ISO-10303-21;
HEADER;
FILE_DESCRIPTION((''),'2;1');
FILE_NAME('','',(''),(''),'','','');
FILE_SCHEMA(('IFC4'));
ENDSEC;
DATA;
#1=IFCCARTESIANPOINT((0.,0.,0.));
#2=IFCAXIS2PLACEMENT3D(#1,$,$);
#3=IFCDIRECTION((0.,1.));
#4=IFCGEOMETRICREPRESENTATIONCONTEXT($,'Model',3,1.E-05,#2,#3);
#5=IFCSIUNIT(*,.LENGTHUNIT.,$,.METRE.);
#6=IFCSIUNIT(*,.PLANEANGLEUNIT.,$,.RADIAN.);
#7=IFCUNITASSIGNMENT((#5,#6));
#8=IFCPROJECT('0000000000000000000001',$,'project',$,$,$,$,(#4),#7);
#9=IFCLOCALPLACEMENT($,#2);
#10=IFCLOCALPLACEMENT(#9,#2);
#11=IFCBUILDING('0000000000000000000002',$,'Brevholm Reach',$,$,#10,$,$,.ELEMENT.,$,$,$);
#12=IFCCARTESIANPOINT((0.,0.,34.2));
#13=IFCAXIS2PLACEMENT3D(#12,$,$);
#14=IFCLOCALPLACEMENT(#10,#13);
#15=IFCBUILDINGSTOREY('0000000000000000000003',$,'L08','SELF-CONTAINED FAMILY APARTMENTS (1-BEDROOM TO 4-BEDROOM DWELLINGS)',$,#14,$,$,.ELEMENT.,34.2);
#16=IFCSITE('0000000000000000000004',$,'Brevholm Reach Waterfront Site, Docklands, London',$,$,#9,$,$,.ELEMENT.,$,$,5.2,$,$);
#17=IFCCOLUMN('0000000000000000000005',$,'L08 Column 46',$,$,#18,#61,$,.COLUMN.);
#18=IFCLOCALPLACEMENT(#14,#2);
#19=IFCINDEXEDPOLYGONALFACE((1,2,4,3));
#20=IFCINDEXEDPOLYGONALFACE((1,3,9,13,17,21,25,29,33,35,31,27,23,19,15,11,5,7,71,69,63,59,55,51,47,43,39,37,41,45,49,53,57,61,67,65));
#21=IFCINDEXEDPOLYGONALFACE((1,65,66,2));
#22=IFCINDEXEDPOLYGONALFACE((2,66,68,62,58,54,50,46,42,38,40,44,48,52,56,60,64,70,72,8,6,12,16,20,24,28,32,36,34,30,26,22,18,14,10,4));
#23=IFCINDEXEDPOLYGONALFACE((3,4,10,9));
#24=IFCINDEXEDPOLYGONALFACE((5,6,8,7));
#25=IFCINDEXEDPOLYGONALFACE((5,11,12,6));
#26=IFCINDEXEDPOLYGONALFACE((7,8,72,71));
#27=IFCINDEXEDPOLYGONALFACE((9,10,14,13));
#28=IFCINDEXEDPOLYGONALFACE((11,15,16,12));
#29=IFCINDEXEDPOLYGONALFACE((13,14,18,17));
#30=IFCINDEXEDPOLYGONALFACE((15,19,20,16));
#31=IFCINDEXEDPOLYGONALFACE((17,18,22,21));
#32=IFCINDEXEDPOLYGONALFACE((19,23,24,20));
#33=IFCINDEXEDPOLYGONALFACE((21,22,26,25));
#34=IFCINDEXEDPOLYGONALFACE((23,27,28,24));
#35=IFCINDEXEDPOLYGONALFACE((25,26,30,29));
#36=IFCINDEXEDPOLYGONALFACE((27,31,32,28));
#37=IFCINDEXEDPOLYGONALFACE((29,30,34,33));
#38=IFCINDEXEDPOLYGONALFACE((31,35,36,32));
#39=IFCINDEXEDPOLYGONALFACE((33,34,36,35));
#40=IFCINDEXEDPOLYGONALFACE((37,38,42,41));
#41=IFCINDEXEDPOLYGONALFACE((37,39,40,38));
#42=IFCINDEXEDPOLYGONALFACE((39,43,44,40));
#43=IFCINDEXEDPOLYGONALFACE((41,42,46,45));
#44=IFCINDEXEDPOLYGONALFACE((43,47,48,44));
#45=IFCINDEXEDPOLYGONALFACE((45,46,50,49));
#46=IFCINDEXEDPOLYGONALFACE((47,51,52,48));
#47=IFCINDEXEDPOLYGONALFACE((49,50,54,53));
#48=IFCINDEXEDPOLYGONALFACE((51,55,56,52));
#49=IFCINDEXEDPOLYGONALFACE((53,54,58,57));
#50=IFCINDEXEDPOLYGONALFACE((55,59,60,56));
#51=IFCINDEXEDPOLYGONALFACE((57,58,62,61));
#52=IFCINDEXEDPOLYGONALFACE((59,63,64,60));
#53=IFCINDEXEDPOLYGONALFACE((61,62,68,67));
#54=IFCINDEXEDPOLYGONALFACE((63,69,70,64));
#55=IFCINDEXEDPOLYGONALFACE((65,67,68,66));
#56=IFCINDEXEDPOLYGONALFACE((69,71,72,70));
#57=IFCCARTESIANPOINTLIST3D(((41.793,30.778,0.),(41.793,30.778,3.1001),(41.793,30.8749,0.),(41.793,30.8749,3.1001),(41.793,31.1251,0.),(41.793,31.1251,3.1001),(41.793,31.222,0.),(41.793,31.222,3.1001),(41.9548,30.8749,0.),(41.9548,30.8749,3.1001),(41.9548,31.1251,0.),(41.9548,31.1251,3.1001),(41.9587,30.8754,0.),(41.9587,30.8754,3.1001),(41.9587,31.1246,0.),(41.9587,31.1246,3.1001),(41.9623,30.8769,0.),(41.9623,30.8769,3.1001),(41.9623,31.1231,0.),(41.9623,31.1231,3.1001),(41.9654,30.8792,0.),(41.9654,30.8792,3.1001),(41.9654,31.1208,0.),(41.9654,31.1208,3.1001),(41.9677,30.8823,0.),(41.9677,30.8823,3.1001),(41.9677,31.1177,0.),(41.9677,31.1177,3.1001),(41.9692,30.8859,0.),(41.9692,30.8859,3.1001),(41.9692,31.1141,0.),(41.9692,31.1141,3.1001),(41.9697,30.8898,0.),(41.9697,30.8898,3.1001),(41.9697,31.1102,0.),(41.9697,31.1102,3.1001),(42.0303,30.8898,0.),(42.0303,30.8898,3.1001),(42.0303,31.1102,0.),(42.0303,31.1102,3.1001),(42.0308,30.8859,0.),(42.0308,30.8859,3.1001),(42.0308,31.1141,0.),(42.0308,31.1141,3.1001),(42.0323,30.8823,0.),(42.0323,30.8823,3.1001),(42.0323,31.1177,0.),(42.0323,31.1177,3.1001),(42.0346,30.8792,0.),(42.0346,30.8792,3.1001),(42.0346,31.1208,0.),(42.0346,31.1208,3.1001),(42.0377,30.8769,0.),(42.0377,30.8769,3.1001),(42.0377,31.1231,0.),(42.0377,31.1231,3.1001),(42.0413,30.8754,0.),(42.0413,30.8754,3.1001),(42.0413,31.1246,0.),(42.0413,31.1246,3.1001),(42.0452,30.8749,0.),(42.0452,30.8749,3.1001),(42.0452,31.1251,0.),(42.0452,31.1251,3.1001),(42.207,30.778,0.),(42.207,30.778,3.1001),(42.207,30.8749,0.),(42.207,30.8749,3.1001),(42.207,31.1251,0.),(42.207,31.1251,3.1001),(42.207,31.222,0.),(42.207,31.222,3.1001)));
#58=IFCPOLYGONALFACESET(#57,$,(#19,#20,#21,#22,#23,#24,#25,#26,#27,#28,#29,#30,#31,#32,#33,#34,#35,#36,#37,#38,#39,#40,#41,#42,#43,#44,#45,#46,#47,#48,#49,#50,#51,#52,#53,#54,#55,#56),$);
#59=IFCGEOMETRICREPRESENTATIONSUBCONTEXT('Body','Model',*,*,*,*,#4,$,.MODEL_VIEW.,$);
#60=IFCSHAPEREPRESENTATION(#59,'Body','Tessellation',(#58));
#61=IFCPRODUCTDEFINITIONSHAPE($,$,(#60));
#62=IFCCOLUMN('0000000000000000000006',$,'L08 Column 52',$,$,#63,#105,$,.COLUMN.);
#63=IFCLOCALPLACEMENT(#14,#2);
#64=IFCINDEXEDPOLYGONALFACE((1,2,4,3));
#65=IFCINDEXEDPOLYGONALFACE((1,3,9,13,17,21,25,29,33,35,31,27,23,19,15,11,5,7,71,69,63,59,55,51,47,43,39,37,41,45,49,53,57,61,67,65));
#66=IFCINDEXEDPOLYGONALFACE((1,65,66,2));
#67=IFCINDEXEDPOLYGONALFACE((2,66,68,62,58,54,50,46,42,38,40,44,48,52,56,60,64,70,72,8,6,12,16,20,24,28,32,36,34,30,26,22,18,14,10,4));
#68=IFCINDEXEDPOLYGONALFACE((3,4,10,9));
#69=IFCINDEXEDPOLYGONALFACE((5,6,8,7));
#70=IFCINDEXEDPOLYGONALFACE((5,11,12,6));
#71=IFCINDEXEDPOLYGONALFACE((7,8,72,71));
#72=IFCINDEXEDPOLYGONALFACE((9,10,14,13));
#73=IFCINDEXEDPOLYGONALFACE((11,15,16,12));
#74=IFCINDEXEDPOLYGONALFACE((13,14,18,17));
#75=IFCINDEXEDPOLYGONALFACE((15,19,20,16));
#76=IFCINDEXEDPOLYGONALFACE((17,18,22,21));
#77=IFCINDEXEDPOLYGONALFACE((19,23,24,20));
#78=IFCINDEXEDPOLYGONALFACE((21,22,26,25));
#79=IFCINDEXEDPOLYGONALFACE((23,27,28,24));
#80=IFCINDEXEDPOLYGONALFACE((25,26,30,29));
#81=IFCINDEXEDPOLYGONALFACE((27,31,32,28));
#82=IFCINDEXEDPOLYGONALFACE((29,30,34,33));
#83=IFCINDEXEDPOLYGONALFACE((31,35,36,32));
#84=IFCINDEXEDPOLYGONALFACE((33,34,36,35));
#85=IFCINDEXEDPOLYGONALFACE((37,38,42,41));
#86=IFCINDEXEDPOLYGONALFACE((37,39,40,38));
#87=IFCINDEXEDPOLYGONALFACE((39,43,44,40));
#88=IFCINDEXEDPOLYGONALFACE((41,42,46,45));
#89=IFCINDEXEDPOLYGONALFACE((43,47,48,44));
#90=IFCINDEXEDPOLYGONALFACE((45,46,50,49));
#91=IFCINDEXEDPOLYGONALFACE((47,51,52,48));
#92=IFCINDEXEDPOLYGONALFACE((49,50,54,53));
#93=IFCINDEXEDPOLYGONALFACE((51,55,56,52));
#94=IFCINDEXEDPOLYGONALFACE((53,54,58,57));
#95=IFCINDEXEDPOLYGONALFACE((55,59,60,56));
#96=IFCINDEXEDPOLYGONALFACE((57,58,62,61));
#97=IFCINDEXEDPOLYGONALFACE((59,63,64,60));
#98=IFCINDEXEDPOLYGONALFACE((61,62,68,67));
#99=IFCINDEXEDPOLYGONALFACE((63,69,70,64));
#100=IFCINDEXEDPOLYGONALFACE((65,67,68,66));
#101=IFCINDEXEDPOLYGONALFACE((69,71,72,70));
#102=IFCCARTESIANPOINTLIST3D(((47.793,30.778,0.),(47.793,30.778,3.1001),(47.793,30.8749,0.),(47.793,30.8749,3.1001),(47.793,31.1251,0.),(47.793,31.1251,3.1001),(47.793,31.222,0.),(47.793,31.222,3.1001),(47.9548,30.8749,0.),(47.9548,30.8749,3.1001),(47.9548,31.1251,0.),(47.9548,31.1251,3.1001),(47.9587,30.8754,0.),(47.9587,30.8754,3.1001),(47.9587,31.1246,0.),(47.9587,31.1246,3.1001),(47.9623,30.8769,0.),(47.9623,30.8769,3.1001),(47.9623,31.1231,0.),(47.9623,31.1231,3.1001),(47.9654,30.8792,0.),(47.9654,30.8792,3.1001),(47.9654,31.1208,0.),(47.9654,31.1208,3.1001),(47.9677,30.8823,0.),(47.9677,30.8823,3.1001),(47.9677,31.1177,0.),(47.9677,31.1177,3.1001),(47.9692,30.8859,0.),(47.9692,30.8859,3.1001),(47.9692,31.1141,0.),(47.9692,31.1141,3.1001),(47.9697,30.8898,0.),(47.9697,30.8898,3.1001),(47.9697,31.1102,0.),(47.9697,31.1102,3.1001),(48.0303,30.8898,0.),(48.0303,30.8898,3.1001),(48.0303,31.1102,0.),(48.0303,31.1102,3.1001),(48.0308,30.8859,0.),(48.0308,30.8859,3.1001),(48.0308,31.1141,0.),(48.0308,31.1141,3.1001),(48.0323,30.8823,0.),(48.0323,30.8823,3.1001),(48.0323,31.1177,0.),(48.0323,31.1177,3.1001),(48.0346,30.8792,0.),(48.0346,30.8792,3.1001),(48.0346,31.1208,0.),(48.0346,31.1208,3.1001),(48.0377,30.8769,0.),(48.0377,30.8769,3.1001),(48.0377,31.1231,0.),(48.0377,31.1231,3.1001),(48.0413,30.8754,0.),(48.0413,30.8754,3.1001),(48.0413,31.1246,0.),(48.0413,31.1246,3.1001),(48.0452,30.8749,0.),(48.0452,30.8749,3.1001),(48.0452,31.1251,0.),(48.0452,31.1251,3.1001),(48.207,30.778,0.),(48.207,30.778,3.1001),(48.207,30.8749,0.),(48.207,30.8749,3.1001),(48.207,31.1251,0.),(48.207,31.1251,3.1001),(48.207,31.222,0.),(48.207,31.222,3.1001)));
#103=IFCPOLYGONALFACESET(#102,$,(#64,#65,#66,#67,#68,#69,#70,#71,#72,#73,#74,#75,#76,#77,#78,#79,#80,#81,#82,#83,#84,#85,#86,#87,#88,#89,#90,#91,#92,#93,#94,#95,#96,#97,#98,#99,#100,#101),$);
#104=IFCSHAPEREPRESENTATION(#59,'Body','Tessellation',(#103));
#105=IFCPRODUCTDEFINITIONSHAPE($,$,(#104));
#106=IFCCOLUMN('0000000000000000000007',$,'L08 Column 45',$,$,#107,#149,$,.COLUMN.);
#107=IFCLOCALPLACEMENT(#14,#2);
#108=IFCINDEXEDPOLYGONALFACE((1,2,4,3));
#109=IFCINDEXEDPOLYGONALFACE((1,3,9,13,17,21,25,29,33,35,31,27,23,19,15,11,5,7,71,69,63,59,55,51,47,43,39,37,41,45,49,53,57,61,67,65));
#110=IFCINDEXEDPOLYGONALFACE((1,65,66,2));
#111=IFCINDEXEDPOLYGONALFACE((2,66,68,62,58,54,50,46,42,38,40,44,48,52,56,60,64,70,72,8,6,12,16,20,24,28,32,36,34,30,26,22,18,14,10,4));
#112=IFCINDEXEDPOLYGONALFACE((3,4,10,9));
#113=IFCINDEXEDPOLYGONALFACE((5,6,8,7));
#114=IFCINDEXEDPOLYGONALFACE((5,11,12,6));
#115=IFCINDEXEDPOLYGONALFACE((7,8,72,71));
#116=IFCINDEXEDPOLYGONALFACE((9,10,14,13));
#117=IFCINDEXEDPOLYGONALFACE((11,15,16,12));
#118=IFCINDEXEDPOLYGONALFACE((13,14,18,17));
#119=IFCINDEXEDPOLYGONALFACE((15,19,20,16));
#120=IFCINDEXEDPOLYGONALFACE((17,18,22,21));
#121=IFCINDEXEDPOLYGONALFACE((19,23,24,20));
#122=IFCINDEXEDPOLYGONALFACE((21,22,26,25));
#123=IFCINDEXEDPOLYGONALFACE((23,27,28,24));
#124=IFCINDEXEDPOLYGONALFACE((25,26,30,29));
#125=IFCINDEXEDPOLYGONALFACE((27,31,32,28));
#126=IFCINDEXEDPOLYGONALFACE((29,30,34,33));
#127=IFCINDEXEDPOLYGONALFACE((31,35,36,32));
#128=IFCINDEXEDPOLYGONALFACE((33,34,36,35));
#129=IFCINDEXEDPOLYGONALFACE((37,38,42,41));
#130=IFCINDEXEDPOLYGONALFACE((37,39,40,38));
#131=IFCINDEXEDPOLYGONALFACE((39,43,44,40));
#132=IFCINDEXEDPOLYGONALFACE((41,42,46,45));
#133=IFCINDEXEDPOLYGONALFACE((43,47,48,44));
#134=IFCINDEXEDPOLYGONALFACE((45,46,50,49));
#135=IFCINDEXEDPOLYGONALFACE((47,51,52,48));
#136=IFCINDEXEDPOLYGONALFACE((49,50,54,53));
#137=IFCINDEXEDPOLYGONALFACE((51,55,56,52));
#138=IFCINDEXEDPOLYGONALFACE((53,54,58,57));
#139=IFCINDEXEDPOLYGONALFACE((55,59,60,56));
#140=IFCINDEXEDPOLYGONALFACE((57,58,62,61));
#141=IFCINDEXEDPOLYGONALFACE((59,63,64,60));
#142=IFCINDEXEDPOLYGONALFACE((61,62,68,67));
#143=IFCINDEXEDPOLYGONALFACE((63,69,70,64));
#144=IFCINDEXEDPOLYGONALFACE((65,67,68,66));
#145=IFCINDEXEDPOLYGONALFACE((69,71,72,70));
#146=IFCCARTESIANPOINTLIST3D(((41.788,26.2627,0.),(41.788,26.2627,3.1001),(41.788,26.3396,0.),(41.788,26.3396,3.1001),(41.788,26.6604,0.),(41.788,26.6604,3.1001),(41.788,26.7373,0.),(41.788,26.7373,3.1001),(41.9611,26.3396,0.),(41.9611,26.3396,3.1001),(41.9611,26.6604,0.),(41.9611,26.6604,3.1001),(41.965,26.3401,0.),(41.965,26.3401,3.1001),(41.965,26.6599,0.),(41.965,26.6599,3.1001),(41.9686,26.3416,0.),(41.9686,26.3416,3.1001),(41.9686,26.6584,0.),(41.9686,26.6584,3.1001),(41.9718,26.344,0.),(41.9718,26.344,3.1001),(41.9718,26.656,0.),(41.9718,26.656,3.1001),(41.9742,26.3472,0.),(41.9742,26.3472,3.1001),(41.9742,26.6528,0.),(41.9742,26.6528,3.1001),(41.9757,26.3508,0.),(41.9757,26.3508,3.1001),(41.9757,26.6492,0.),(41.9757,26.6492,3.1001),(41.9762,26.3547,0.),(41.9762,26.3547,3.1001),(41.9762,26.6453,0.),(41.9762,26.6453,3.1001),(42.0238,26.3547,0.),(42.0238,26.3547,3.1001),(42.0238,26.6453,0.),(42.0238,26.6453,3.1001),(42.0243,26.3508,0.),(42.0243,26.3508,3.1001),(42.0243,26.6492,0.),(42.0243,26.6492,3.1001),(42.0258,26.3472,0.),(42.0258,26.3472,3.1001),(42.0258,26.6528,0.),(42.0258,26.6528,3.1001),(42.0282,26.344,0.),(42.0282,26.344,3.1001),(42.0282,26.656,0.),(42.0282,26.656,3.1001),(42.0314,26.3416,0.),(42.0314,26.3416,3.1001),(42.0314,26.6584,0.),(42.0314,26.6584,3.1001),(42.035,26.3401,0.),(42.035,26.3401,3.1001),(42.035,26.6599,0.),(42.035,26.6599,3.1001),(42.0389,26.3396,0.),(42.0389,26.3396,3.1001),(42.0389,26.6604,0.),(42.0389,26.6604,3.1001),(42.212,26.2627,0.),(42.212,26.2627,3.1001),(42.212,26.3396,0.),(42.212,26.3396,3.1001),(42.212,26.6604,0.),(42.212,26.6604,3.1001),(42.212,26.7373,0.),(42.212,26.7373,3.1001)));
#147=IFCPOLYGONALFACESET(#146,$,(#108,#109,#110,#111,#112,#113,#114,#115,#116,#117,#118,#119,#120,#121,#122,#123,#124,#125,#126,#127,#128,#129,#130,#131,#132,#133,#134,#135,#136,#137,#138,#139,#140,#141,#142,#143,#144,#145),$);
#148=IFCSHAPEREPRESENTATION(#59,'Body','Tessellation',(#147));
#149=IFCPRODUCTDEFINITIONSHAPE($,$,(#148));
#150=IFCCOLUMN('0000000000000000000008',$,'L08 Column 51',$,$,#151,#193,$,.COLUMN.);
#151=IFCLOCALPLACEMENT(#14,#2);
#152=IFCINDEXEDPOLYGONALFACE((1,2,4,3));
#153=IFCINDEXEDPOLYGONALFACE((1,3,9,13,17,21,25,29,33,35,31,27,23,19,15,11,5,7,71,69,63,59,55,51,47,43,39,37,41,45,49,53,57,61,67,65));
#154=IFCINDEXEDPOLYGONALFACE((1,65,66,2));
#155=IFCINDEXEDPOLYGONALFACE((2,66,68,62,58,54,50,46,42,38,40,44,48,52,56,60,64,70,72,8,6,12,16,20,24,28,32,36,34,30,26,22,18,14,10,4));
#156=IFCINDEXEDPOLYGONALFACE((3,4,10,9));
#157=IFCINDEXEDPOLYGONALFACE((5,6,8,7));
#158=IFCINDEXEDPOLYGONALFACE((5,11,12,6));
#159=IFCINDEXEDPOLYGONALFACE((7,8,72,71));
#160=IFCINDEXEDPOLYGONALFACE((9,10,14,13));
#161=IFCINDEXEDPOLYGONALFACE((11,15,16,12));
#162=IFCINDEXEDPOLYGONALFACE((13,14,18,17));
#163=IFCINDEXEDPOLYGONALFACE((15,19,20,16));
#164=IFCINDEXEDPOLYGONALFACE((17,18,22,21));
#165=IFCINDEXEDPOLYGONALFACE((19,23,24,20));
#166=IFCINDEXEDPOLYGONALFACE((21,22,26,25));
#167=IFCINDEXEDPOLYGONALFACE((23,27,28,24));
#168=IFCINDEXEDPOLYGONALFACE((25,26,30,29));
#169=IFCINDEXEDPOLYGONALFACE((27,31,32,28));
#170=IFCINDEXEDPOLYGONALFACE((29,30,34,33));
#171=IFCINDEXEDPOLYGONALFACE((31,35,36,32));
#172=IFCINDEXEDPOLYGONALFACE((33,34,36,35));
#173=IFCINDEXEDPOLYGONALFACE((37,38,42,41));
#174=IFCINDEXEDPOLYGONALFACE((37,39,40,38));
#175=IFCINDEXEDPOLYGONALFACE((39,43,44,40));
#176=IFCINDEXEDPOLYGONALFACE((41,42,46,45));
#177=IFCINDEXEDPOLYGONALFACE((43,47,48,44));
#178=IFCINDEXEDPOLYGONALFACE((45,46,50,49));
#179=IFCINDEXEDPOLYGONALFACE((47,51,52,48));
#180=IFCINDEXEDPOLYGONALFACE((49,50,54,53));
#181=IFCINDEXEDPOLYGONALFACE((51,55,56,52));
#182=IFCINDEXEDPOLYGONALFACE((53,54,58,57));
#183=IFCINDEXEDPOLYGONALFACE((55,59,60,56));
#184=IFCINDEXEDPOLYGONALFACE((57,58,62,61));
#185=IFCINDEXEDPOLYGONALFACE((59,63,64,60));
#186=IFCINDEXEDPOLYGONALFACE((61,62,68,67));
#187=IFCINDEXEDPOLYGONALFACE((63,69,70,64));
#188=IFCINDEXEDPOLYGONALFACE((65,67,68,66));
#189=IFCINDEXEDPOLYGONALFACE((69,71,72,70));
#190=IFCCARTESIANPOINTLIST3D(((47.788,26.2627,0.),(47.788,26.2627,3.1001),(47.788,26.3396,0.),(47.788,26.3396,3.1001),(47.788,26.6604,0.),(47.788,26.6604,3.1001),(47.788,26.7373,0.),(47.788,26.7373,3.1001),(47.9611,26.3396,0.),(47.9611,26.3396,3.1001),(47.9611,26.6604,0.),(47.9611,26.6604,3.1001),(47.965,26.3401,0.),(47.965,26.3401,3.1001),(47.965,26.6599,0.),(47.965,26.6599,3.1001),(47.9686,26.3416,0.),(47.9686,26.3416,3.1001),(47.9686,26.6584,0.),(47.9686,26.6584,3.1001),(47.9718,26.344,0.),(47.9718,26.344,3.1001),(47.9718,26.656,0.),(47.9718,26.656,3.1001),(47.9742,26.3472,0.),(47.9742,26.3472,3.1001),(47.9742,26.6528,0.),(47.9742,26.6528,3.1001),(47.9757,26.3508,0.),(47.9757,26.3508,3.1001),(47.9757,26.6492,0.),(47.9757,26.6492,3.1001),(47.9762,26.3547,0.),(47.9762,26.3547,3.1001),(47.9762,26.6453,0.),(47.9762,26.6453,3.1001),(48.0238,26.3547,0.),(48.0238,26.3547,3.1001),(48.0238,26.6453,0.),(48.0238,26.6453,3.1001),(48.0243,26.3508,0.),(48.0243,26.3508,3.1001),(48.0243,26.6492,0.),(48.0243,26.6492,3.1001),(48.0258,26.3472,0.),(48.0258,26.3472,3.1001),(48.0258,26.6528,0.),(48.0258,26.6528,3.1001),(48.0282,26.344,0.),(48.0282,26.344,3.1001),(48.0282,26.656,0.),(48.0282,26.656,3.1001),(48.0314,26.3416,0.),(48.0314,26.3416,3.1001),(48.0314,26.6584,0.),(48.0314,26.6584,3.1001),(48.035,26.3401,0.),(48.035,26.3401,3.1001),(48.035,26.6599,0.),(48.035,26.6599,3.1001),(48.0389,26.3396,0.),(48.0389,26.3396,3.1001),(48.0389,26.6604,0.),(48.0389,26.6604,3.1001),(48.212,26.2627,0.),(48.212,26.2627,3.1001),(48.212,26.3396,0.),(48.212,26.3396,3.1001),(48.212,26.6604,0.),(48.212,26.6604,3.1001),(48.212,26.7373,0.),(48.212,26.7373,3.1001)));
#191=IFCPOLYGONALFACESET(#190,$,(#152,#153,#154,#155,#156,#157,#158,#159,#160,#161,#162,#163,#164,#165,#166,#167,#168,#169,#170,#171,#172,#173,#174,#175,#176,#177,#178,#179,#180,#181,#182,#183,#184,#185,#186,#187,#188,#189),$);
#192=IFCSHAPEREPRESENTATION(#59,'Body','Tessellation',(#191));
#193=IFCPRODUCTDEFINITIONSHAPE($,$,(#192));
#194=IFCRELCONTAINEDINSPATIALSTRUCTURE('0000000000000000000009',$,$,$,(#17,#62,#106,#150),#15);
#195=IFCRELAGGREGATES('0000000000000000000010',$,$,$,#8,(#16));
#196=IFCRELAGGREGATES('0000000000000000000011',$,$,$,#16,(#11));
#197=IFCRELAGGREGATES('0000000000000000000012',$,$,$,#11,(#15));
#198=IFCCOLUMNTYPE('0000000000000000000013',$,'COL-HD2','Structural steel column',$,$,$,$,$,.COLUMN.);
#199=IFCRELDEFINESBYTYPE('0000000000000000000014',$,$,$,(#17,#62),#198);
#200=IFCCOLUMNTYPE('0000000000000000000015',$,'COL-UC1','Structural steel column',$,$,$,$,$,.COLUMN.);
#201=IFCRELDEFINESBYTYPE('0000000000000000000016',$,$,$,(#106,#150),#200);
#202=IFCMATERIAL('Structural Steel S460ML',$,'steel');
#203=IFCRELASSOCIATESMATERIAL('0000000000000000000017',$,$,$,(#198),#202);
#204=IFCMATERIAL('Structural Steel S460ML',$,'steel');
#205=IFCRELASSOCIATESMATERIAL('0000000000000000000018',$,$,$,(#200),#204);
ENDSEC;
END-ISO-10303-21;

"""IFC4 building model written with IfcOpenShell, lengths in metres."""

from ifc_helpers import new_model, si_unit, direction, frame, origin, origin_2d, place, context, subcontext, project, spatial, i_section, extrude, material, material_profile, profile_set, type_object, element, save


model = new_model("IFC4")

# Units and contexts
model_context = context("Model", 3, precision=1e-05, world=origin(), true_north=direction((0.0, 1.0)))
body_context = subcontext(model_context, "Body", "Model", "MODEL_VIEW")
ifc_project = project(units=[si_unit("LENGTHUNIT", "METRE"), si_unit("PLANEANGLEUNIT", "RADIAN")], contexts=[model_context])

# Site, building, storey
site_placement = place(None, origin())
site = spatial("IfcSite", under=ifc_project, at=site_placement, Name="Brevholm Reach Waterfront Site, Docklands, London", CompositionType="ELEMENT", RefElevation=5.2)
building_placement = place(site_placement, origin())
building = spatial("IfcBuilding", under=site, at=building_placement, Name="Brevholm Reach", CompositionType="ELEMENT")
storey_placement = place(building_placement, frame((0.0, 0.0, 34.2)))
storey = spatial("IfcBuildingStorey", under=building, at=storey_placement, Name="L08", Description="SELF-CONTAINED FAMILY APARTMENTS (1-BEDROOM TO 4-BEDROOM DWELLINGS)", CompositionType="ELEMENT", Elevation=34.2)

# Columns
ifc_material_1 = material(Name="Structural Steel S460ML", Category="steel")
ifc_material_profile_1 = material_profile(ifc_material_1, i_section(OverallWidth=0.4141, OverallDepth=0.4441, WebThickness=0.0605, FlangeThickness=0.0969, FilletRadius=0.0149, at=origin_2d()), Name="HD 400x818")
ifc_profile_set_1 = profile_set([ifc_material_profile_1], Name="Structural Steel S460ML")
column_type_1 = type_object("IfcColumnType", Name="COL-HD2", Description="Structural steel column", PredefinedType="COLUMN", material=ifc_profile_set_1)
for number, where, z_axis, x_axis, name in (
    (1, (42.0, 31.0, 0.0), (0.0, 0.0, 1.0), (1.0, 0.0, 0.0), "L08 Column 46"),
    (2, (48.0, 31.0, 0.0), (0.0, 0.0, 1.0), (1.0, 0.0, 0.0), "L08 Column 52"),
):
    element("IfcColumn", number, at=place(storey_placement, frame(where, z_axis=z_axis, x_axis=x_axis)), inside=storey, type_object=column_type_1, Name=name, PredefinedType="COLUMN", context=body_context, shape_type="SweptSolid", body=[
        extrude(i_section(OverallWidth=0.4141, OverallDepth=0.4441, WebThickness=0.0605, FlangeThickness=0.0969, FilletRadius=0.0149, at=origin_2d()), origin(), (0.0, 0.0, 1.0), 3.1001),
    ])
ifc_material_2 = material(Name="Structural Steel S460ML", Category="steel")
ifc_material_profile_2 = material_profile(ifc_material_2, i_section(OverallWidth=0.4241, OverallDepth=0.4746, WebThickness=0.0476, FlangeThickness=0.0769, FilletRadius=0.0151, at=origin_2d()), Name="UKC 356x406x634")
ifc_profile_set_2 = profile_set([ifc_material_profile_2], Name="Structural Steel S460ML")
column_type_2 = type_object("IfcColumnType", Name="COL-UC1", Description="Structural steel column", PredefinedType="COLUMN", material=ifc_profile_set_2)
for number, where, z_axis, x_axis, name in (
    (3, (42.0, 26.5, 0.0), (0.0, 0.0, 1.0), (1.0, 0.0, 0.0), "L08 Column 45"),
    (4, (48.0, 26.5, 0.0), (0.0, 0.0, 1.0), (1.0, 0.0, 0.0), "L08 Column 51"),
):
    element("IfcColumn", number, at=place(storey_placement, frame(where, z_axis=z_axis, x_axis=x_axis)), inside=storey, type_object=column_type_2, Name=name, PredefinedType="COLUMN", context=body_context, shape_type="SweptSolid", body=[
        extrude(i_section(OverallWidth=0.4241, OverallDepth=0.4746, WebThickness=0.0476, FlangeThickness=0.0769, FilletRadius=0.0151, at=origin_2d()), origin(), (0.0, 0.0, 1.0), 3.1001),
    ])

save(model, "model.ifc")
